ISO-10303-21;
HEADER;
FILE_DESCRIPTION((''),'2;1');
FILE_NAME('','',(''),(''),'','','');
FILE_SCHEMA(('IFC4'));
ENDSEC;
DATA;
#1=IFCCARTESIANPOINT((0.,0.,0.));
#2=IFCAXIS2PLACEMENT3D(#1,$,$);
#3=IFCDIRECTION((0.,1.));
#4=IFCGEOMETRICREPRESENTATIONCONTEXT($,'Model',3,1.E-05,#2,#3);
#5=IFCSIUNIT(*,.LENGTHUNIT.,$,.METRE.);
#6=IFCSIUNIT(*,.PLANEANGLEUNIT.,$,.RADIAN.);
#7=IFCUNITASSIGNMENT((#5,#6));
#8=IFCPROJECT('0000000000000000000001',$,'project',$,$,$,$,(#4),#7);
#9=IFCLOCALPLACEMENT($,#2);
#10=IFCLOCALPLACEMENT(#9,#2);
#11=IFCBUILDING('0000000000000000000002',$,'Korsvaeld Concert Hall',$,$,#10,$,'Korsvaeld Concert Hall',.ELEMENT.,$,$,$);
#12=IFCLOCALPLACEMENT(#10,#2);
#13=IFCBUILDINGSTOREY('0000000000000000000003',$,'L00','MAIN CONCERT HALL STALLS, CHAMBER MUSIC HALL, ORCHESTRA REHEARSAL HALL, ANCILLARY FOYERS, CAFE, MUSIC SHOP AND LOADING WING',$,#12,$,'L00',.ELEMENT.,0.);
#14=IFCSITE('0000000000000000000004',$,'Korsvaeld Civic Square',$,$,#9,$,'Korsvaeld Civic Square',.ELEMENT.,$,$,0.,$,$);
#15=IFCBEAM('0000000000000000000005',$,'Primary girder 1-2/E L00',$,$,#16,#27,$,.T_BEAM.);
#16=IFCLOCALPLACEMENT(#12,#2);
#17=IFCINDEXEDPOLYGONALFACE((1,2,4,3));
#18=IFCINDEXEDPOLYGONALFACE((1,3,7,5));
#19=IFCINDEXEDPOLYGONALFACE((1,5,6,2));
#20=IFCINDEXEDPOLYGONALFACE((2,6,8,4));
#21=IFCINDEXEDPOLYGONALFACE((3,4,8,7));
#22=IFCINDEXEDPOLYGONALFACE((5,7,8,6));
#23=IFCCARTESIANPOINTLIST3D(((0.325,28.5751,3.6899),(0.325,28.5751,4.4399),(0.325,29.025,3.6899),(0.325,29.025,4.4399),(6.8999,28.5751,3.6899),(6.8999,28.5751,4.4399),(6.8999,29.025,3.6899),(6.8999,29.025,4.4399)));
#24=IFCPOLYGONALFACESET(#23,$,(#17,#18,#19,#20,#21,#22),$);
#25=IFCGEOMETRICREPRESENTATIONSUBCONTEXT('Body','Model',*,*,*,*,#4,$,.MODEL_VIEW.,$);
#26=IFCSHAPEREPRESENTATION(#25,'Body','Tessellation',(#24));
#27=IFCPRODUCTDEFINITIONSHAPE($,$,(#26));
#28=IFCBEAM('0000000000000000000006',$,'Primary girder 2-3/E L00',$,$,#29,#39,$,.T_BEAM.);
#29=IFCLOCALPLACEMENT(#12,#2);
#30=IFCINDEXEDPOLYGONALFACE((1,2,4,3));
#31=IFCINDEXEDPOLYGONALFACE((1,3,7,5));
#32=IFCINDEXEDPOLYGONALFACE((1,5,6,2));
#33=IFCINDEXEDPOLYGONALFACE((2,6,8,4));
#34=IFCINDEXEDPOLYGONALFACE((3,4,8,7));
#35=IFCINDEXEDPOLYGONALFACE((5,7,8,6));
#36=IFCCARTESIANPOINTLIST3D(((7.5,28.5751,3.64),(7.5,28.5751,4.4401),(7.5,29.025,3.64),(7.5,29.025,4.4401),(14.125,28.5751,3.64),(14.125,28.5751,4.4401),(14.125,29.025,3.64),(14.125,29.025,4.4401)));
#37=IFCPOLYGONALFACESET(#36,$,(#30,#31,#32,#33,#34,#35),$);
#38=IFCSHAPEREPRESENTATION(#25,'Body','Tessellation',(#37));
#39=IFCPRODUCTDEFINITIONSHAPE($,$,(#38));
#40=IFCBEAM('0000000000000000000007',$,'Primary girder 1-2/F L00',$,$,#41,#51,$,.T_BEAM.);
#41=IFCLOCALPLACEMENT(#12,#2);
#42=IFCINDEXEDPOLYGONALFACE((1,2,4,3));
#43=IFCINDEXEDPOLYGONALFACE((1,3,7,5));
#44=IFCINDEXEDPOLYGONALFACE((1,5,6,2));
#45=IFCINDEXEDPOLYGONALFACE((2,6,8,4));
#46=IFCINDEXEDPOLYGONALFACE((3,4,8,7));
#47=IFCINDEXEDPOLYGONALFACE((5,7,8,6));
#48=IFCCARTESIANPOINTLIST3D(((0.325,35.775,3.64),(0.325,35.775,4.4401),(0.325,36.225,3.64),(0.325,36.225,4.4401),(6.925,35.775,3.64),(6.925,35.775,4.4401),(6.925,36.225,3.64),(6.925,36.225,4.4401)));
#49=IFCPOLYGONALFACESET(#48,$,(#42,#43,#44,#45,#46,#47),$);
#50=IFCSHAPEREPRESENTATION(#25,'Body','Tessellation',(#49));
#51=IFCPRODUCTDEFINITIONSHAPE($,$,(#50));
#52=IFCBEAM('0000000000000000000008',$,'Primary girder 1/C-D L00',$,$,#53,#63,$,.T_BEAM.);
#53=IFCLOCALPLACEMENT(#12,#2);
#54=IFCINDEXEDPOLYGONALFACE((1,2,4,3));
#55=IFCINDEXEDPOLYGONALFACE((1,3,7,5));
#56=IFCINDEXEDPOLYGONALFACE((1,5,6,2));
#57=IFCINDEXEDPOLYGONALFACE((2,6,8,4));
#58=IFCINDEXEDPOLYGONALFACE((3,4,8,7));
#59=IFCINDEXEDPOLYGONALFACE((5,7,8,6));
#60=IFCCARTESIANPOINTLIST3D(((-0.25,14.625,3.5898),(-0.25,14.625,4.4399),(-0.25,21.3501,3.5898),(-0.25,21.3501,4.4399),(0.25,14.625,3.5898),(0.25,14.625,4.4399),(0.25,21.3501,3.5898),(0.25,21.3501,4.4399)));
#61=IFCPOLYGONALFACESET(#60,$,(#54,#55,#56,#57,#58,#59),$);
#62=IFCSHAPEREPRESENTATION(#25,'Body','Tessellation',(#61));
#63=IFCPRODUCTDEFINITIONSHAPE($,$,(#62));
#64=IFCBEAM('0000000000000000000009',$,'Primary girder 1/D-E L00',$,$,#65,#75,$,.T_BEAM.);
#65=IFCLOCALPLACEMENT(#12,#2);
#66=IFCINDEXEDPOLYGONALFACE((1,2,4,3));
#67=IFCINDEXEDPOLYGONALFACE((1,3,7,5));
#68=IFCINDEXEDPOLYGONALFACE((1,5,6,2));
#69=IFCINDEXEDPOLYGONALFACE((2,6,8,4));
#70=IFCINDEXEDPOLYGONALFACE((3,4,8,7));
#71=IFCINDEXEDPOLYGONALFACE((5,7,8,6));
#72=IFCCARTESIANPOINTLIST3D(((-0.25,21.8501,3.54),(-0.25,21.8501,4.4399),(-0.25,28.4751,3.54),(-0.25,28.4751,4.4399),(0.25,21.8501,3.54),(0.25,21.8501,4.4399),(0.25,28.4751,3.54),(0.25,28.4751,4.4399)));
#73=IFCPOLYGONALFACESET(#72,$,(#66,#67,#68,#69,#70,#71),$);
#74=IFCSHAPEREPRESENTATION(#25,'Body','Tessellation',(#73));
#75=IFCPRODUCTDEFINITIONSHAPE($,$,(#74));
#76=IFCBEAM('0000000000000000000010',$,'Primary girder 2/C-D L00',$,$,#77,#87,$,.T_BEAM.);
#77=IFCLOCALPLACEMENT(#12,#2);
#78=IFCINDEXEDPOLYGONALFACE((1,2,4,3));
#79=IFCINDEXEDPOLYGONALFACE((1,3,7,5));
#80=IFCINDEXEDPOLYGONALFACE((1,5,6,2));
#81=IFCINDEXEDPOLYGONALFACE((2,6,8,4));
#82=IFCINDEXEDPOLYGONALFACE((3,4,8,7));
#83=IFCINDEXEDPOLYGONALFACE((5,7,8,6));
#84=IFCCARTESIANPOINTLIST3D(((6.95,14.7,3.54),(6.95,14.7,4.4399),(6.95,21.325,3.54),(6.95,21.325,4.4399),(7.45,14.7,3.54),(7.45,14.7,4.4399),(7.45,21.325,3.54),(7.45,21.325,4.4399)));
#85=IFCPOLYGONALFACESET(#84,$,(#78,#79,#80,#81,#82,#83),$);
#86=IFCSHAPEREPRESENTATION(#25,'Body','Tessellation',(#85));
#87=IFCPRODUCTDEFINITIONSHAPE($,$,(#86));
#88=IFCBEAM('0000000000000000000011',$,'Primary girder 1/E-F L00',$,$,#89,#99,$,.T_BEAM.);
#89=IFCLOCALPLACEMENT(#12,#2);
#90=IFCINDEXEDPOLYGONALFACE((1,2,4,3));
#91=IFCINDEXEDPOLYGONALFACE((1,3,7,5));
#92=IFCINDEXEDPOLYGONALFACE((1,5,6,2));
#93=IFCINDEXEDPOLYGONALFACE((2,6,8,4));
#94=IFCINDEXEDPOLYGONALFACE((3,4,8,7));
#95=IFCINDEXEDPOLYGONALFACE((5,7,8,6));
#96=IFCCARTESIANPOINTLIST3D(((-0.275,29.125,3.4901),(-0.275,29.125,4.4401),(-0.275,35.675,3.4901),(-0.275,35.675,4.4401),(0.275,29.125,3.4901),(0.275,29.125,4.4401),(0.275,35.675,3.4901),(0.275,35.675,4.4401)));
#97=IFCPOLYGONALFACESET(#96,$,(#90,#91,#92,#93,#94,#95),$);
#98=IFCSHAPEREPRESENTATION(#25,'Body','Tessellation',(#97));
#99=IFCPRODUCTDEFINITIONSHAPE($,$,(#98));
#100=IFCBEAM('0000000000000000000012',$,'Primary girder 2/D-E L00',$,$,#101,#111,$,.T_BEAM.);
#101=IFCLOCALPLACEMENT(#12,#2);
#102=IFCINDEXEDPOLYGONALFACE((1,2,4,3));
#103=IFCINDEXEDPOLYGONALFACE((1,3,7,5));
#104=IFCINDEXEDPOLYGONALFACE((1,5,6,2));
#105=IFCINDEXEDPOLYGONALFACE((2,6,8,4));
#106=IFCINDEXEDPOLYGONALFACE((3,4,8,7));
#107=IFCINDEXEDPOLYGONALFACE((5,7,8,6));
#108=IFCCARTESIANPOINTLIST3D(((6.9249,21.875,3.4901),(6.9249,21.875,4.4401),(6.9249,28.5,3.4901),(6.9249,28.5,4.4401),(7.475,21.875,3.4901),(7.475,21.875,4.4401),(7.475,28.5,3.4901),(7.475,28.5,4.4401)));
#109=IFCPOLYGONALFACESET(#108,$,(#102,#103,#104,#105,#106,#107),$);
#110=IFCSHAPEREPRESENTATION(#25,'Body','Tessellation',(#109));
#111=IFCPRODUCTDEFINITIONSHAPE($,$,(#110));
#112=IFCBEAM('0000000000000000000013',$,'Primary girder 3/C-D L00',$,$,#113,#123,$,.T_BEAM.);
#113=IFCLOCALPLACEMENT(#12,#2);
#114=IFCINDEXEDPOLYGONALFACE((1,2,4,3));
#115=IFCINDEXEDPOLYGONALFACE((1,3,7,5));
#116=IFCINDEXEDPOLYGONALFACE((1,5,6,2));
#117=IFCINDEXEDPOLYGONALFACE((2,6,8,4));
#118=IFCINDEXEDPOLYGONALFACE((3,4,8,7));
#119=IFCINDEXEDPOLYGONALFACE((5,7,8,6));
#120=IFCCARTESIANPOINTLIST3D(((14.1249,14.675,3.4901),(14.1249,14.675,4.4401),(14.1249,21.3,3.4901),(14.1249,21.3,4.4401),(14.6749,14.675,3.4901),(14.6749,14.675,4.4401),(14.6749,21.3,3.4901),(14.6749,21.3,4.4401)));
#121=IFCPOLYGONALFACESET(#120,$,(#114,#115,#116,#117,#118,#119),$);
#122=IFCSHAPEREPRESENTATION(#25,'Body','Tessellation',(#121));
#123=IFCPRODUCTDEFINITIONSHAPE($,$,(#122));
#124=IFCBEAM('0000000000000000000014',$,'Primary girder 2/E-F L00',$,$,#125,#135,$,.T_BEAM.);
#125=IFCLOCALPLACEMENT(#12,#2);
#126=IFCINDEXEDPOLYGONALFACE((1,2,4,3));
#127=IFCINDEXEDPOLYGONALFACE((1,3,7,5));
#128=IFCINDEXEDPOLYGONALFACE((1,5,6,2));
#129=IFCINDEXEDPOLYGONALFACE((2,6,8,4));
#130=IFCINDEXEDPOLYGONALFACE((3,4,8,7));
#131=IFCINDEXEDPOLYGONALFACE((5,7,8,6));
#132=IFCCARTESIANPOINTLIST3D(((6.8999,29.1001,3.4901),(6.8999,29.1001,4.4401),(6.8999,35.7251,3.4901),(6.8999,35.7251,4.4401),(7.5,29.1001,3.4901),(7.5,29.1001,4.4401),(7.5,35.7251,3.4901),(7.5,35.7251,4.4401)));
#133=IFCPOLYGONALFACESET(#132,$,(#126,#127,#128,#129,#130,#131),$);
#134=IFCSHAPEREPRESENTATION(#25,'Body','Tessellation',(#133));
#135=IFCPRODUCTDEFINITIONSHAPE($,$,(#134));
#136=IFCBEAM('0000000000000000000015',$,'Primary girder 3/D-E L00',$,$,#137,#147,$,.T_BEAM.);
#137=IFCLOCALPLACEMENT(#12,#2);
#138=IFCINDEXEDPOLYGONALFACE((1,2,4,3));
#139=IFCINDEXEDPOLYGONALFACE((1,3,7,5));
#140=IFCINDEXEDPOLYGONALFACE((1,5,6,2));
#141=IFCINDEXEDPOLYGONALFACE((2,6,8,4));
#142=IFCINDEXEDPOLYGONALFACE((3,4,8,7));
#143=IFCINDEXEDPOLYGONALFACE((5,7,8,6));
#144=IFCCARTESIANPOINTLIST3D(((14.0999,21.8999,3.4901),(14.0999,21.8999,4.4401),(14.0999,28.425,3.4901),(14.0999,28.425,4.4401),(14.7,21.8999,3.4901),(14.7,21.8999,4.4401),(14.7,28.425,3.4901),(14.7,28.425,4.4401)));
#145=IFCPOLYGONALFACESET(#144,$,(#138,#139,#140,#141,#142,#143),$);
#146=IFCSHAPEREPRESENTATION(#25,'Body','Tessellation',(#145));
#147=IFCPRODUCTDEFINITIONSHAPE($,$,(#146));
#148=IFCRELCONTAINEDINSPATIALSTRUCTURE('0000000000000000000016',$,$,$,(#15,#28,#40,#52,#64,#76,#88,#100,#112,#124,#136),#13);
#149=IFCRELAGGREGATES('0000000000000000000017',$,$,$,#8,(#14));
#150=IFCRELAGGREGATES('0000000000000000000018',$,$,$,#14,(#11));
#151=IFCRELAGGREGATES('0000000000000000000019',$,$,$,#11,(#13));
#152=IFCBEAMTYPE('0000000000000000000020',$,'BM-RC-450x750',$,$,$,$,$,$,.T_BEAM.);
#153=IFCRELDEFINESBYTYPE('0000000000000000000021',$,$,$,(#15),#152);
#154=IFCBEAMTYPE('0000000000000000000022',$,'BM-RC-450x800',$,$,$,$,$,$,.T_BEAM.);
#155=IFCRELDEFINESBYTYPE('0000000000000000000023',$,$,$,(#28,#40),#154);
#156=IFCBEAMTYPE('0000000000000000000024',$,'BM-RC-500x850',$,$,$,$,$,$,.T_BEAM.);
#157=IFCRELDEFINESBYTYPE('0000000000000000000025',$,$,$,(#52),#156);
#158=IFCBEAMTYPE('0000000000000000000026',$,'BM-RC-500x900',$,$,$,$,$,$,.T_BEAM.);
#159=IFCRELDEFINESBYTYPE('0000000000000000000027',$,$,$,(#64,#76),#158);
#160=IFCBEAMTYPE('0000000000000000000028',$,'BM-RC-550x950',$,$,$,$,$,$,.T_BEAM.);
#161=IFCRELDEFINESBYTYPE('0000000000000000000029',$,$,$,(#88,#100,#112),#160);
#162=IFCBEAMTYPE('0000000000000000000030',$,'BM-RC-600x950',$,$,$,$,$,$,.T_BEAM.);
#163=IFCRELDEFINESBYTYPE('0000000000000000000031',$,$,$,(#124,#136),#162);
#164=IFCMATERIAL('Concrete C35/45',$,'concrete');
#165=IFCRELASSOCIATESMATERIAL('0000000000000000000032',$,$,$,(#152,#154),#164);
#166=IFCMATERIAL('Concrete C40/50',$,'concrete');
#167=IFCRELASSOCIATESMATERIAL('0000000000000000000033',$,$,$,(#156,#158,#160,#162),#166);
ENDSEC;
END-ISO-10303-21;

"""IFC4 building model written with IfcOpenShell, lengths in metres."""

from ifc_helpers import new_model, si_unit, direction, frame, origin, origin_2d, place, context, subcontext, project, spatial, rectangle, extrude, material, material_profile, profile_set, type_object, element, save


model = new_model("IFC4")

# Units and contexts
model_context = context("Model", 3, precision=1e-05, world=origin(), true_north=direction((0.0, 1.0)))
body_context = subcontext(model_context, "Body", "Model", "MODEL_VIEW")
ifc_project = project(units=[si_unit("LENGTHUNIT", "METRE"), si_unit("PLANEANGLEUNIT", "RADIAN")], contexts=[model_context])

# Site, building, storey
site_placement = place(None, origin())
site = spatial("IfcSite", under=ifc_project, at=site_placement, Name="Korsvaeld Civic Square", LongName="Korsvaeld Civic Square", CompositionType="ELEMENT", RefElevation=0.0)
building_placement = place(site_placement, origin())
building = spatial("IfcBuilding", under=site, at=building_placement, Name="Korsvaeld Concert Hall", LongName="Korsvaeld Concert Hall", CompositionType="ELEMENT")
storey_placement = place(building_placement, origin())
storey = spatial("IfcBuildingStorey", under=building, at=storey_placement, Name="L00", Description="MAIN CONCERT HALL STALLS, CHAMBER MUSIC HALL, ORCHESTRA REHEARSAL HALL, ANCILLARY FOYERS, CAFE, MUSIC SHOP AND LOADING WING", LongName="L00", CompositionType="ELEMENT", Elevation=0.0)

# Shared definitions
ifc_material_1 = material(Name="Concrete C40/50", Category="concrete")

# Beams
ifc_material_2 = material(Name="Concrete C35/45", Category="concrete")
ifc_material_profile_1 = material_profile(ifc_material_2, rectangle(XDim=0.45, YDim=0.75, at=origin_2d()), Name="RC 450x750")
ifc_profile_set_1 = profile_set([ifc_material_profile_1], Name="Concrete C35/45")
beam_type_1 = type_object("IfcBeamType", Name="BM-RC-450x750", PredefinedType="T_BEAM", material=ifc_profile_set_1)
beam_1_placement = place(storey_placement, frame((0.325, 28.8, 4.0649), z_axis=(1.0, 0.0, 0.0), x_axis=(0.0, 1.0, 0.0)))
element("IfcBeam", 1, at=beam_1_placement, inside=storey, type_object=beam_type_1, Name="Primary girder 1-2/E L00", PredefinedType="T_BEAM", context=body_context, shape_type="SweptSolid", body=[
    extrude(rectangle(XDim=0.45, YDim=0.75, at=origin_2d()), origin(), (0.0, 0.0, 1.0), 6.575),
])
ifc_material_profile_2 = material_profile(ifc_material_2, rectangle(XDim=0.45, YDim=0.8, at=origin_2d()), Name="RC 450x800")
ifc_profile_set_2 = profile_set([ifc_material_profile_2], Name="Concrete C35/45")
beam_type_2 = type_object("IfcBeamType", Name="BM-RC-450x800", PredefinedType="T_BEAM", material=ifc_profile_set_2)
beam_2_placement = place(storey_placement, frame((7.5, 28.8, 4.04), z_axis=(1.0, 0.0, 0.0), x_axis=(0.0, 1.0, 0.0)))
element("IfcBeam", 2, at=beam_2_placement, inside=storey, type_object=beam_type_2, Name="Primary girder 2-3/E L00", PredefinedType="T_BEAM", context=body_context, shape_type="SweptSolid", body=[
    extrude(rectangle(XDim=0.45, YDim=0.8, at=origin_2d()), origin(), (0.0, 0.0, 1.0), 6.625),
])
beam_3_placement = place(storey_placement, frame((0.325, 36.0, 4.04), z_axis=(1.0, 0.0, 0.0), x_axis=(0.0, 1.0, 0.0)))
element("IfcBeam", 3, at=beam_3_placement, inside=storey, type_object=beam_type_2, Name="Primary girder 1-2/F L00", PredefinedType="T_BEAM", context=body_context, shape_type="SweptSolid", body=[
    extrude(rectangle(XDim=0.45, YDim=0.8, at=origin_2d()), origin(), (0.0, 0.0, 1.0), 6.6001),
])
ifc_material_profile_3 = material_profile(ifc_material_1, rectangle(XDim=0.5, YDim=0.8501, at=origin_2d()), Name="RC 500x850")
ifc_profile_set_3 = profile_set([ifc_material_profile_3], Name="Concrete C40/50")
beam_type_3 = type_object("IfcBeamType", Name="BM-RC-500x850", PredefinedType="T_BEAM", material=ifc_profile_set_3)
beam_4_placement = place(storey_placement, frame((0.0, 14.625, 4.0149), z_axis=(0.0, 1.0, 0.0), x_axis=(-1.0, 0.0, 0.0)))
element("IfcBeam", 4, at=beam_4_placement, inside=storey, type_object=beam_type_3, Name="Primary girder 1/C-D L00", PredefinedType="T_BEAM", context=body_context, shape_type="SweptSolid", body=[
    extrude(rectangle(XDim=0.5, YDim=0.8501, at=origin_2d()), origin(), (0.0, 0.0, 1.0), 6.7251),
])
ifc_material_profile_4 = material_profile(ifc_material_1, rectangle(XDim=0.5, YDim=0.8999, at=origin_2d()), Name="RC 500x900")
ifc_profile_set_4 = profile_set([ifc_material_profile_4], Name="Concrete C40/50")
beam_type_4 = type_object("IfcBeamType", Name="BM-RC-500x900", PredefinedType="T_BEAM", material=ifc_profile_set_4)
for number, where, z_axis, x_axis, name in (
    (5, (0.0, 21.8501, 3.99), (0.0, 1.0, 0.0), (-1.0, 0.0, 0.0), "Primary girder 1/D-E L00"),
    (6, (7.2, 14.7, 3.99), (0.0, 1.0, 0.0), (-1.0, 0.0, 0.0), "Primary girder 2/C-D L00"),
):
    element("IfcBeam", number, at=place(storey_placement, frame(where, z_axis=z_axis, x_axis=x_axis)), inside=storey, type_object=beam_type_4, Name=name, PredefinedType="T_BEAM", context=body_context, shape_type="SweptSolid", body=[
        extrude(rectangle(XDim=0.5, YDim=0.8999, at=origin_2d()), origin(), (0.0, 0.0, 1.0), 6.625),
    ])
ifc_material_profile_5 = material_profile(ifc_material_1, rectangle(XDim=0.55, YDim=0.95, at=origin_2d()), Name="RC 550x950")
ifc_profile_set_5 = profile_set([ifc_material_profile_5], Name="Concrete C40/50")
beam_type_5 = type_object("IfcBeamType", Name="BM-RC-550x950", PredefinedType="T_BEAM", material=ifc_profile_set_5)
beam_5_placement = place(storey_placement, frame((0.0, 29.125, 3.9651), z_axis=(0.0, 1.0, 0.0), x_axis=(-1.0, 0.0, 0.0)))
element("IfcBeam", 7, at=beam_5_placement, inside=storey, type_object=beam_type_5, Name="Primary girder 1/E-F L00", PredefinedType="T_BEAM", context=body_context, shape_type="SweptSolid", body=[
    extrude(rectangle(XDim=0.55, YDim=0.95, at=origin_2d()), origin(), (0.0, 0.0, 1.0), 6.55),
])
for number, where, z_axis, x_axis, name in (
    (8, (7.2, 21.875, 3.9651), (0.0, 1.0, 0.0), (-1.0, 0.0, 0.0), "Primary girder 2/D-E L00"),
    (9, (14.3999, 14.675, 3.9651), (0.0, 1.0, 0.0), (-1.0, 0.0, 0.0), "Primary girder 3/C-D L00"),
):
    element("IfcBeam", number, at=place(storey_placement, frame(where, z_axis=z_axis, x_axis=x_axis)), inside=storey, type_object=beam_type_5, Name=name, PredefinedType="T_BEAM", context=body_context, shape_type="SweptSolid", body=[
        extrude(rectangle(XDim=0.55, YDim=0.95, at=origin_2d()), origin(), (0.0, 0.0, 1.0), 6.625),
    ])
ifc_material_profile_6 = material_profile(ifc_material_1, rectangle(XDim=0.6001, YDim=0.95, at=origin_2d()), Name="RC 600x950")
ifc_profile_set_6 = profile_set([ifc_material_profile_6], Name="Concrete C40/50")
beam_type_6 = type_object("IfcBeamType", Name="BM-RC-600x950", PredefinedType="T_BEAM", material=ifc_profile_set_6)
beam_6_placement = place(storey_placement, frame((7.2, 29.1001, 3.9651), z_axis=(0.0, 1.0, 0.0), x_axis=(-1.0, 0.0, 0.0)))
element("IfcBeam", 10, at=beam_6_placement, inside=storey, type_object=beam_type_6, Name="Primary girder 2/E-F L00", PredefinedType="T_BEAM", context=body_context, shape_type="SweptSolid", body=[
    extrude(rectangle(XDim=0.6001, YDim=0.95, at=origin_2d()), origin(), (0.0, 0.0, 1.0), 6.625),
])
beam_7_placement = place(storey_placement, frame((14.3999, 21.8999, 3.9651), z_axis=(0.0, 1.0, 0.0), x_axis=(-1.0, 0.0, 0.0)))
element("IfcBeam", 11, at=beam_7_placement, inside=storey, type_object=beam_type_6, Name="Primary girder 3/D-E L00", PredefinedType="T_BEAM", context=body_context, shape_type="SweptSolid", body=[
    extrude(rectangle(XDim=0.6001, YDim=0.95, at=origin_2d()), origin(), (0.0, 0.0, 1.0), 6.5251),
])

save(model, "model.ifc")
